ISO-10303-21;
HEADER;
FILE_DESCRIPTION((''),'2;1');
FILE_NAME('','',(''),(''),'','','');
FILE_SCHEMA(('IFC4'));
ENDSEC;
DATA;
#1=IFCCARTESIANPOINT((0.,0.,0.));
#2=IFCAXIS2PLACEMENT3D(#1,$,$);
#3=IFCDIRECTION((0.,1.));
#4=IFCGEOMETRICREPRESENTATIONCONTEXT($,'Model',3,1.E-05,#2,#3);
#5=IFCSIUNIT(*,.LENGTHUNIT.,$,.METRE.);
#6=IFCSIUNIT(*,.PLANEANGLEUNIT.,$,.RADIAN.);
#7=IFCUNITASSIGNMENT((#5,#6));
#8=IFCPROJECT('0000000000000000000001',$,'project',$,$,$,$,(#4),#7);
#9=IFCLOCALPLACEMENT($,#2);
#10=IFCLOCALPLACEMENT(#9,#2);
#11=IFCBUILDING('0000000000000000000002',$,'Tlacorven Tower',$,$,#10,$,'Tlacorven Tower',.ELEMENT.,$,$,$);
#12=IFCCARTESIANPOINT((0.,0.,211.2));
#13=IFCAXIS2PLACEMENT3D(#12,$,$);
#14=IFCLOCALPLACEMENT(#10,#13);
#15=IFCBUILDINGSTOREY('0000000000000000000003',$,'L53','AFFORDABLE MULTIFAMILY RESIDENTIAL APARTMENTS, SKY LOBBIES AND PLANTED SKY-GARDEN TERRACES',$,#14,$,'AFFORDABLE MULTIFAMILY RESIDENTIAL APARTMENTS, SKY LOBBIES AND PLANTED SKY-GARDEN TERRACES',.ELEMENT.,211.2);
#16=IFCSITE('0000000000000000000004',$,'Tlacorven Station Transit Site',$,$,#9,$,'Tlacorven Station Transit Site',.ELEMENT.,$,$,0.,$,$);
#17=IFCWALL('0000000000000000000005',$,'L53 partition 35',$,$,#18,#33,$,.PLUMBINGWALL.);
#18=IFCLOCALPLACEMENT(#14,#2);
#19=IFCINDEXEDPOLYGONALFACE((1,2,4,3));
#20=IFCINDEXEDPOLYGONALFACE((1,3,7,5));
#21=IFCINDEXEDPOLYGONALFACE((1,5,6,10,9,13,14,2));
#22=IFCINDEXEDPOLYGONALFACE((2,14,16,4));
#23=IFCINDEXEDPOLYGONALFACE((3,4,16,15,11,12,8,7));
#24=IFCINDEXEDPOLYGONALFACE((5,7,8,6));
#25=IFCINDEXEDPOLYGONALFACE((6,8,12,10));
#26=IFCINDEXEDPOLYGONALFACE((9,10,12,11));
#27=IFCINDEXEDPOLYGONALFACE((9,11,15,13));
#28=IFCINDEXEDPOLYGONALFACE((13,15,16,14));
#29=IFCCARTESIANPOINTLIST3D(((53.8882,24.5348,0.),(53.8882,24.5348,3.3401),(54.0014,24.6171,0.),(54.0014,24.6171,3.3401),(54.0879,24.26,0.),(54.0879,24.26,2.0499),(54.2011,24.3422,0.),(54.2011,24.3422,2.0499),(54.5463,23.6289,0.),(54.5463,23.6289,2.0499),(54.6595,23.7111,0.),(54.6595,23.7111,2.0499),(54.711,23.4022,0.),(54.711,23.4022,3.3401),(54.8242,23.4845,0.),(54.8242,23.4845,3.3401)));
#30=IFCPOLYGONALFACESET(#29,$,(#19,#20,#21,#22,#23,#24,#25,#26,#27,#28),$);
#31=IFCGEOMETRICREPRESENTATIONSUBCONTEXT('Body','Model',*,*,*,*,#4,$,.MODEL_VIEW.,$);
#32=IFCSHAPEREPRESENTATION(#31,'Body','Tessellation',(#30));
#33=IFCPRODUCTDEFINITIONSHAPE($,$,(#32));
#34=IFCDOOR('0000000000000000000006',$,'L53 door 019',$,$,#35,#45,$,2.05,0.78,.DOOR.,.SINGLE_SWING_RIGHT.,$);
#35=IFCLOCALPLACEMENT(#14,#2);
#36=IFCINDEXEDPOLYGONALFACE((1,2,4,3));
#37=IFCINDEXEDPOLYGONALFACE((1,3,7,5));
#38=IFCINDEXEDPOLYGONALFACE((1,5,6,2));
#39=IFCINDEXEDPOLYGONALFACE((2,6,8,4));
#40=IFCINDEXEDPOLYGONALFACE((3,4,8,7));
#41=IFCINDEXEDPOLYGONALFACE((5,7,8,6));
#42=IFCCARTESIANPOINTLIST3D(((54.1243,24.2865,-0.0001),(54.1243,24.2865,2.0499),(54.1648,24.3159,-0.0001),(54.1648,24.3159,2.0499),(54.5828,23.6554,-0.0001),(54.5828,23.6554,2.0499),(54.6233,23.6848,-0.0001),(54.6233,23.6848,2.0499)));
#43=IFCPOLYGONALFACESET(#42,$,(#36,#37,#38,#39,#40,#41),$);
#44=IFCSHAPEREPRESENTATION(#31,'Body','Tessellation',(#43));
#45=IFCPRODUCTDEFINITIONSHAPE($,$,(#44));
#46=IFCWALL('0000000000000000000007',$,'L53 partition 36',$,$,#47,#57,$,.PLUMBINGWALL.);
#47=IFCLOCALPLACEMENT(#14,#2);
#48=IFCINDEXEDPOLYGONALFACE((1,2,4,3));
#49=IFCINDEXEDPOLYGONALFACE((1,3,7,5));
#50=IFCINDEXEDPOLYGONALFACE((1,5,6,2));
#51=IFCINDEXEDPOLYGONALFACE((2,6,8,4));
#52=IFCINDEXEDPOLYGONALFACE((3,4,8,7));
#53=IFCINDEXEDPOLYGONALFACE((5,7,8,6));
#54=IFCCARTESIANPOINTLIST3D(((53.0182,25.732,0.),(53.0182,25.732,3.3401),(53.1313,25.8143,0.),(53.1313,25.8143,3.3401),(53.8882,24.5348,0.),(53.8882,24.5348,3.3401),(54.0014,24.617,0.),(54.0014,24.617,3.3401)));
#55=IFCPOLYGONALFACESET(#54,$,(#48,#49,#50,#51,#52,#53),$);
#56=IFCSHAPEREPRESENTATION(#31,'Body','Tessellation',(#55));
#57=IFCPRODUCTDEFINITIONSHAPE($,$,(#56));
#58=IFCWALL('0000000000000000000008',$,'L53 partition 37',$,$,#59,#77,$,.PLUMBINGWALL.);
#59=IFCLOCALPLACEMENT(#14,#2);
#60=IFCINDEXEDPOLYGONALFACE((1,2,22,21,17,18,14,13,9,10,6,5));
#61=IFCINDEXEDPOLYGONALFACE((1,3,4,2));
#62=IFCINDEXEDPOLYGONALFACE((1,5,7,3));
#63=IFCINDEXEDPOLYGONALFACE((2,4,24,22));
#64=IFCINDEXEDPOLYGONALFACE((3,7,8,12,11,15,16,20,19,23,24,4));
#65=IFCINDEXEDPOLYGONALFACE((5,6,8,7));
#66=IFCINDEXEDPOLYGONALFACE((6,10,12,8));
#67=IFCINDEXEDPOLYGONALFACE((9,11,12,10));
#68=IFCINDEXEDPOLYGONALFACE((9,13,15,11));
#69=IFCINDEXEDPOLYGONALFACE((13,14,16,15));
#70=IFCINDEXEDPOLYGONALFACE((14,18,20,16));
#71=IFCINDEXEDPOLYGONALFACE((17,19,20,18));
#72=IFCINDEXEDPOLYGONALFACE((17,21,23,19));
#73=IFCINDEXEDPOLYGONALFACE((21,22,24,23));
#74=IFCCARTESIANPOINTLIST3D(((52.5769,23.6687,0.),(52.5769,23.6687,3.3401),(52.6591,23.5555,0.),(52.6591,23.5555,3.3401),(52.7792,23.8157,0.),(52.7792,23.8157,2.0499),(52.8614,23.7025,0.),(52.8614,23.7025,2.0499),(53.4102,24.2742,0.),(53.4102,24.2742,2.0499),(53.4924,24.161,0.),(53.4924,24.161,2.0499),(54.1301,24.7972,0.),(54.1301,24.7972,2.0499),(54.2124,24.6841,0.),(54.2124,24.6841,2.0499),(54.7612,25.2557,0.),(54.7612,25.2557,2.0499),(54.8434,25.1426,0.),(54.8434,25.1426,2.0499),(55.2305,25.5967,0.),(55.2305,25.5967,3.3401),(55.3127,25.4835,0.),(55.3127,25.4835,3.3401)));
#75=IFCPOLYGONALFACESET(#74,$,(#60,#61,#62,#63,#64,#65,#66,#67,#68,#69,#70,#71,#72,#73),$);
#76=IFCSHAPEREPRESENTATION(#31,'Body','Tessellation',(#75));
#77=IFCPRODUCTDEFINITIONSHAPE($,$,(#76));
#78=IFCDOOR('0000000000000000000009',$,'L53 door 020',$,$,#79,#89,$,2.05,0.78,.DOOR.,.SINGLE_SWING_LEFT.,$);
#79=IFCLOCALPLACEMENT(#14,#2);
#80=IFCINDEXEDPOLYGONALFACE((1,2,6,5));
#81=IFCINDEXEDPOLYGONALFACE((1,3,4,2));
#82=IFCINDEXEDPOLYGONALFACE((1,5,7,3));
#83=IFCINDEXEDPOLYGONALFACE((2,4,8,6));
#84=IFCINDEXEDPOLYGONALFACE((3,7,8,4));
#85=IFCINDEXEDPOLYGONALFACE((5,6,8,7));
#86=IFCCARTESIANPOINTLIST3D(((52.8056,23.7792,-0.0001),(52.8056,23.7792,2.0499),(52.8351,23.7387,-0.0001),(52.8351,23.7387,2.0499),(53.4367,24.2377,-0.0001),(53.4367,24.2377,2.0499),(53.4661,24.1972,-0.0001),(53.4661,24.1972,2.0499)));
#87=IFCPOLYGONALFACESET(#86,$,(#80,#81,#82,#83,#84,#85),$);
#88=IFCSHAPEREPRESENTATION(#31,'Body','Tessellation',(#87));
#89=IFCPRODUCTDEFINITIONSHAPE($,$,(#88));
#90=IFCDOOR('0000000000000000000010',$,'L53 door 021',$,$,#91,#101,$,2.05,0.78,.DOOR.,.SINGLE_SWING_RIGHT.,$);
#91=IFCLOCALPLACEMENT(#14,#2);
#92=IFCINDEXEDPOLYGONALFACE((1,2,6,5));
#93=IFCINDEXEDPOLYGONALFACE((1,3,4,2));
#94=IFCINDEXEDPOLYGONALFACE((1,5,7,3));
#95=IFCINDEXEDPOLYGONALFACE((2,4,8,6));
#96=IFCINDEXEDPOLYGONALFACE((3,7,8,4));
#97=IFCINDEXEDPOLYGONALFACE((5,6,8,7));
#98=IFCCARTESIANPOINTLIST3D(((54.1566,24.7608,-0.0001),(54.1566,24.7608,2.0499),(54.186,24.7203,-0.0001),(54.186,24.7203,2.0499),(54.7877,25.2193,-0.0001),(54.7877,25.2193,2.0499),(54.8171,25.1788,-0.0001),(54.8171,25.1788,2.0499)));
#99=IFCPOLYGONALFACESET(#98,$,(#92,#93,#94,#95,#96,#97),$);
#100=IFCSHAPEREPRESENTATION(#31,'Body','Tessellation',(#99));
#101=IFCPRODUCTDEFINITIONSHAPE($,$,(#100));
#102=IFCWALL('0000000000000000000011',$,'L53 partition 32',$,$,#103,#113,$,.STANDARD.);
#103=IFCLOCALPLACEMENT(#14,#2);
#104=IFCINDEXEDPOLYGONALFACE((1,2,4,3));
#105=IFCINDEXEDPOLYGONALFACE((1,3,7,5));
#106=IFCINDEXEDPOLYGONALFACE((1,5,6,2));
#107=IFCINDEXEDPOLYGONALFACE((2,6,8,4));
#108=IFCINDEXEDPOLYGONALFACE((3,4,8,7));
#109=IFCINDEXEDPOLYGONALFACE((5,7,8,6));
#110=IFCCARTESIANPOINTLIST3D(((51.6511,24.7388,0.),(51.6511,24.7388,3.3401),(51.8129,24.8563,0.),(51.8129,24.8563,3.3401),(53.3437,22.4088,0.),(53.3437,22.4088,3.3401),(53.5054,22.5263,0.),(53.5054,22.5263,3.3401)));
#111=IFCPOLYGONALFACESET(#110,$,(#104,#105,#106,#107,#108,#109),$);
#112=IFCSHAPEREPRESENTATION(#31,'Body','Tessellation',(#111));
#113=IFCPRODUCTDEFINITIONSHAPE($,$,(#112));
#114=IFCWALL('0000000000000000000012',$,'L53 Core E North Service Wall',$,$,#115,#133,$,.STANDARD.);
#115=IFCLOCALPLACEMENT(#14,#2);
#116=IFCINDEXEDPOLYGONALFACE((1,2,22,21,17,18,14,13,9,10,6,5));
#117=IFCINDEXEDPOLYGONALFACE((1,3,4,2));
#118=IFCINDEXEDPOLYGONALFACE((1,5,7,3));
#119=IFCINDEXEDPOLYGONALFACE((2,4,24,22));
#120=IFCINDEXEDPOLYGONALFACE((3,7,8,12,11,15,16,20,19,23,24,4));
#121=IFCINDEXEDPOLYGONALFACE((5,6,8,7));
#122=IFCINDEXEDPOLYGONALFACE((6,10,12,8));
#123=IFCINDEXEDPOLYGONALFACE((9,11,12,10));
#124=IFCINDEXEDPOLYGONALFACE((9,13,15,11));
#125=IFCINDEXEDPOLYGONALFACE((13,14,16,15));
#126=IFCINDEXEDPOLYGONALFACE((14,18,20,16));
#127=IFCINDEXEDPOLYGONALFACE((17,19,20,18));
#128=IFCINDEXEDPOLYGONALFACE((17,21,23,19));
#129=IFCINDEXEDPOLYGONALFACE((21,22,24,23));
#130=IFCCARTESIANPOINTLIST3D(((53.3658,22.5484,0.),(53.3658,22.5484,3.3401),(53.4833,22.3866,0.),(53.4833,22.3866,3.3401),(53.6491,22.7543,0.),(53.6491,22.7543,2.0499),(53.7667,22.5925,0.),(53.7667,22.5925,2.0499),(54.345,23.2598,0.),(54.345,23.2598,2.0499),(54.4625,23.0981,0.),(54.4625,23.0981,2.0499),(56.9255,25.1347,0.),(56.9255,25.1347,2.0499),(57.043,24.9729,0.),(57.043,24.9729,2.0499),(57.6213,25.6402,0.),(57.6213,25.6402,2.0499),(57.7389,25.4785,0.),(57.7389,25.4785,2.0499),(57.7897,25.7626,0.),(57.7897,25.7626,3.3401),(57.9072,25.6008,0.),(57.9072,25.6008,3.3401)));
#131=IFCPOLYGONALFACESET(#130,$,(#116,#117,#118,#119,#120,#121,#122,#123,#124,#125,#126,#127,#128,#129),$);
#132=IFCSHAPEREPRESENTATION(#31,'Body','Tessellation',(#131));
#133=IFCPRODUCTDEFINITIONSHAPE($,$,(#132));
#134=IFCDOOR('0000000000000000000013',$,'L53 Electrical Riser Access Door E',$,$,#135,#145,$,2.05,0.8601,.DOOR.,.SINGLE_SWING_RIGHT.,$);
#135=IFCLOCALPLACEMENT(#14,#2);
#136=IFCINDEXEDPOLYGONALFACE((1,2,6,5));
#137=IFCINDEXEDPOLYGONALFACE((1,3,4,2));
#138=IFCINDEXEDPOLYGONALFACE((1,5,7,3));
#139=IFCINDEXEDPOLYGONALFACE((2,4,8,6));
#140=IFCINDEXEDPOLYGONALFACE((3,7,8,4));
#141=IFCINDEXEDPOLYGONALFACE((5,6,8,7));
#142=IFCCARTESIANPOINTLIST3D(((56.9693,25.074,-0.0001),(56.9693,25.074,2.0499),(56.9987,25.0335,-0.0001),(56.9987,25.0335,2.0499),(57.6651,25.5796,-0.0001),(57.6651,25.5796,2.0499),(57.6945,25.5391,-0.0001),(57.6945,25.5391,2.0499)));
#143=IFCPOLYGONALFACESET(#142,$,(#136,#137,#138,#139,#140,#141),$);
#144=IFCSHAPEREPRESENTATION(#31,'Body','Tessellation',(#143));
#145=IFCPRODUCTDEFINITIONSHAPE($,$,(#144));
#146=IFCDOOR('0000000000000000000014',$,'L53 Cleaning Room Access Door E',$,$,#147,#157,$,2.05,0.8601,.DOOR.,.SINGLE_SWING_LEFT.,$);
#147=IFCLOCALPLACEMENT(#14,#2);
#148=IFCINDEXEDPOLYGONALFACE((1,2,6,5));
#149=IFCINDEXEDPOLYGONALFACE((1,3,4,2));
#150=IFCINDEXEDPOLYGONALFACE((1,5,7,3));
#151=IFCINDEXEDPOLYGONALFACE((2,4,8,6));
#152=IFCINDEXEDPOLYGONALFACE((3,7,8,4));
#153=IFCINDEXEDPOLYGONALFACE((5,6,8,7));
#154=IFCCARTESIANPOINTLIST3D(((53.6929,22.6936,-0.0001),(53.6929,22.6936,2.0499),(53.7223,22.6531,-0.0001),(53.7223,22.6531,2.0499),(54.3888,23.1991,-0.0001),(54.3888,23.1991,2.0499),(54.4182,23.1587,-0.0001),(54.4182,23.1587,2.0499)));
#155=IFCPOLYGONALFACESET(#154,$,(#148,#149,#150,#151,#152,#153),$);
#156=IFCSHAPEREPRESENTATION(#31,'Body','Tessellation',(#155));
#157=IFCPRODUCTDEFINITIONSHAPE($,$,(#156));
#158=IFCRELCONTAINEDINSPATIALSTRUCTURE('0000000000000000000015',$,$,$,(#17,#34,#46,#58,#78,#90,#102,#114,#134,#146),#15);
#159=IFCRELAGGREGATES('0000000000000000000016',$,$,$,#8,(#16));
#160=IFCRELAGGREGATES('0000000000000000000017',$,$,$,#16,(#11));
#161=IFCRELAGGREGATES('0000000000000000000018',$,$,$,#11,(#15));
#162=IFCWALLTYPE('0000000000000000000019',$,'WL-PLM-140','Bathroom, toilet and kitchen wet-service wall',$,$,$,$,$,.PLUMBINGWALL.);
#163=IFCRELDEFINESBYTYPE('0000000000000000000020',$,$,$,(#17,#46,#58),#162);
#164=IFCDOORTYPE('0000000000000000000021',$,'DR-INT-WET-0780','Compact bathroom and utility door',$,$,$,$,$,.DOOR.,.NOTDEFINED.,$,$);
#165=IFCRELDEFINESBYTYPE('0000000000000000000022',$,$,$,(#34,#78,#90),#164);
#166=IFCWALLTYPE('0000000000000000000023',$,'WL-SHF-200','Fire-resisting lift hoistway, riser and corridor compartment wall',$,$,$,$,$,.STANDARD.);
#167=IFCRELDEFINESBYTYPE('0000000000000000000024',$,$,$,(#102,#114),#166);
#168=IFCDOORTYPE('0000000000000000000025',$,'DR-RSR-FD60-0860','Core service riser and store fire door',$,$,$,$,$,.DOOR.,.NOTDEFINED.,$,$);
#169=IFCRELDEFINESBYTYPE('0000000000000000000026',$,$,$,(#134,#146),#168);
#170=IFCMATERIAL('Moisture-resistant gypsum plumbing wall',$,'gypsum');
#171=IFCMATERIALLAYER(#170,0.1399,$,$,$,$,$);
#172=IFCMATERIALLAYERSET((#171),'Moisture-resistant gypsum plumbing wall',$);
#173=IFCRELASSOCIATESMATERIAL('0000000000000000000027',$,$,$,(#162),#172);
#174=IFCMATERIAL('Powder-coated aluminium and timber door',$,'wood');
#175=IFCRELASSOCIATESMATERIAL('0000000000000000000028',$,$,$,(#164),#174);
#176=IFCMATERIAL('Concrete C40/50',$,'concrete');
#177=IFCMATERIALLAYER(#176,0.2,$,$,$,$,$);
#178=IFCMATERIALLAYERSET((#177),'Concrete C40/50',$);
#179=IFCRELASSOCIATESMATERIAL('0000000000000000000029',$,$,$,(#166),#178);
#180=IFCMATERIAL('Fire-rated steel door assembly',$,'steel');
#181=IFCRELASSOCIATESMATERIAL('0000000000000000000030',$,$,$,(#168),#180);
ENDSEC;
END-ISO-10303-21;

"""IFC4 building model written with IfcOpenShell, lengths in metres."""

from ifc_helpers import new_model, si_unit, direction, frame, frame_2d, origin, place, context, subcontext, project, spatial, rectangle, extrude, source, transform, mapped, material, layer, layer_set, type_object, element, fill, save


model = new_model("IFC4")

# Units and contexts
model_context = context("Model", 3, precision=1e-05, world=origin(), true_north=direction((0.0, 1.0)))
body_context = subcontext(model_context, "Body", "Model", "MODEL_VIEW")
ifc_project = project(units=[si_unit("LENGTHUNIT", "METRE"), si_unit("PLANEANGLEUNIT", "RADIAN")], contexts=[model_context])

# Site, building, storey
site_placement = place(None, origin())
site = spatial("IfcSite", under=ifc_project, at=site_placement, Name="Tlacorven Station Transit Site", LongName="Tlacorven Station Transit Site", CompositionType="ELEMENT", RefElevation=0.0)
building_placement = place(site_placement, origin())
building = spatial("IfcBuilding", under=site, at=building_placement, Name="Tlacorven Tower", LongName="Tlacorven Tower", CompositionType="ELEMENT")
storey_placement = place(building_placement, frame((0.0, 0.0, 211.2)))
storey = spatial("IfcBuildingStorey", under=building, at=storey_placement, Name="L53", Description="AFFORDABLE MULTIFAMILY RESIDENTIAL APARTMENTS, SKY LOBBIES AND PLANTED SKY-GARDEN TERRACES", LongName="AFFORDABLE MULTIFAMILY RESIDENTIAL APARTMENTS, SKY LOBBIES AND PLANTED SKY-GARDEN TERRACES", CompositionType="ELEMENT", Elevation=211.2)

# Wall, opening, door
ifc_material_1 = material(Name="Moisture-resistant gypsum plumbing wall", Category="gypsum")
ifc_layer_1 = layer(ifc_material_1, 0.1399)
ifc_layer_set_1 = layer_set([ifc_layer_1], Name="Moisture-resistant gypsum plumbing wall")
wall_type_1 = type_object("IfcWallType", Name="WL-PLM-140", Description="Bathroom, toilet and kitchen wet-service wall", PredefinedType="PLUMBINGWALL", material=ifc_layer_set_1)
wall_1_placement = place(storey_placement, frame((54.7676, 23.4434, 0.0), z_axis=(0.0, 0.0, 1.0), x_axis=(-0.587736, 0.809053, 0.0)))
wall_1 = element("IfcWall", 1, at=wall_1_placement, inside=storey, type_object=wall_type_1, Name="L53 partition 35", PredefinedType="PLUMBINGWALL", context=body_context, shape_type="SweptSolid", body=[
    extrude(rectangle(XDim=1.3999, YDim=0.1399, at=frame_2d((0.7, 0.0))), origin(), (0.0, 0.0, 1.0), 3.3401),
])
opening_1_placement = place(wall_1_placement, frame((0.28, 0.0, 0.0)))
opening_1 = element("IfcOpeningElement", 2, at=opening_1_placement, cuts=wall_1, PredefinedType="OPENING", context=body_context, shape_type="SweptSolid", body=[
    extrude(rectangle(XDim=0.78, YDim=2.05, at=frame_2d((0.3901, 1.0249))), frame((0.0, 0.0801, 0.0), z_axis=(0.0, -1.0, 0.0), x_axis=(1.0, 0.0, 0.0)), (0.0, 0.0, 1.0), 0.1599),
])
ifc_material_2 = material(Name="Powder-coated aluminium and timber door", Category="wood")
door_type_1 = type_object("IfcDoorType", Name="DR-INT-WET-0780", Description="Compact bathroom and utility door", OperationType="NOTDEFINED", PredefinedType="DOOR", material=ifc_material_2)
shared_shape_1 = source(origin(), body_context, "Body", "SweptSolid", [
    extrude(rectangle(XDim=0.78, YDim=2.05, at=frame_2d((0.3901, 1.0249))), frame((0.0, 0.0249, 0.0), z_axis=(0.0, -1.0, 0.0), x_axis=(1.0, 0.0, 0.0)), (0.0, 0.0, 1.0), 0.05),
])
door_1_placement = place(opening_1_placement, origin())
door_1 = element("IfcDoor", 3, at=door_1_placement, inside=storey, type_object=door_type_1, Name="L53 door 019", OperationType="SINGLE_SWING_RIGHT", OverallHeight=2.05, OverallWidth=0.78, PredefinedType="DOOR", context=body_context, shape_type="MappedRepresentation", body=[
    mapped(shared_shape_1, transform((0.0, 0.0, 0.0), scale=1.0)),
])
fill(opening_1, door_1)

# Wall
wall_2_placement = place(storey_placement, frame((53.9448, 24.5759, 0.0), z_axis=(0.0, 0.0, 1.0), x_axis=(-0.587897, 0.808936, 0.0)))
element("IfcWall", 4, at=wall_2_placement, inside=storey, type_object=wall_type_1, Name="L53 partition 36", PredefinedType="PLUMBINGWALL", context=body_context, shape_type="SweptSolid", body=[
    extrude(rectangle(XDim=1.48, YDim=0.1399, at=frame_2d((0.74, 0.0))), origin(), (0.0, 0.0, 1.0), 3.3401),
])

# Wall, openings, doors
wall_3_placement = place(storey_placement, frame((52.6179, 23.6121, 0.0), z_axis=(0.0, 0.0, 1.0), x_axis=(0.80901, 0.587795, 0.0)))
wall_3 = element("IfcWall", 5, at=wall_3_placement, inside=storey, type_object=wall_type_1, Name="L53 partition 37", PredefinedType="PLUMBINGWALL", context=body_context, shape_type="SweptSolid", body=[
    extrude(rectangle(XDim=3.28, YDim=0.1399, at=frame_2d((1.6401, 0.0))), origin(), (0.0, 0.0, 1.0), 3.3401),
])
opening_2_placement = place(wall_3_placement, frame((0.25, 0.0, 0.0)))
opening_2 = element("IfcOpeningElement", 6, at=opening_2_placement, cuts=wall_3, PredefinedType="OPENING", context=body_context, shape_type="SweptSolid", body=[
    extrude(rectangle(XDim=0.78, YDim=2.05, at=frame_2d((0.3901, 1.0249))), frame((0.0, 0.0801, 0.0), z_axis=(0.0, -1.0, 0.0), x_axis=(1.0, 0.0, 0.0)), (0.0, 0.0, 1.0), 0.1599),
])
opening_3_placement = place(wall_3_placement, frame((1.9199, 0.0, 0.0)))
opening_3 = element("IfcOpeningElement", 7, at=opening_3_placement, cuts=wall_3, PredefinedType="OPENING", context=body_context, shape_type="SweptSolid", body=[
    extrude(rectangle(XDim=0.78, YDim=2.05, at=frame_2d((0.3901, 1.0249))), frame((0.0, 0.0801, 0.0), z_axis=(0.0, -1.0, 0.0), x_axis=(1.0, 0.0, 0.0)), (0.0, 0.0, 1.0), 0.1599),
])
door_2_placement = place(opening_2_placement, origin())
door_2 = element("IfcDoor", 8, at=door_2_placement, inside=storey, type_object=door_type_1, Name="L53 door 020", OperationType="SINGLE_SWING_LEFT", OverallHeight=2.05, OverallWidth=0.78, PredefinedType="DOOR", context=body_context, shape_type="MappedRepresentation", body=[
    mapped(shared_shape_1, transform((0.0, 0.0, 0.0), scale=1.0)),
])
fill(opening_2, door_2)
door_3_placement = place(opening_3_placement, origin())
door_3 = element("IfcDoor", 9, at=door_3_placement, inside=storey, type_object=door_type_1, Name="L53 door 021", OperationType="SINGLE_SWING_RIGHT", OverallHeight=2.05, OverallWidth=0.78, PredefinedType="DOOR", context=body_context, shape_type="MappedRepresentation", body=[
    mapped(shared_shape_1, transform((0.0, 0.0, 0.0), scale=1.0)),
])
fill(opening_3, door_3)

# Wall
ifc_material_3 = material(Name="Concrete C40/50", Category="concrete")
ifc_layer_2 = layer(ifc_material_3, 0.2)
ifc_layer_set_2 = layer_set([ifc_layer_2], Name="Concrete C40/50")
wall_type_2 = type_object("IfcWallType", Name="WL-SHF-200", Description="Fire-resisting lift hoistway, riser and corridor compartment wall", PredefinedType="STANDARD", material=ifc_layer_set_2)
wall_4_placement = place(storey_placement, frame((53.4246, 22.4675, 0.0), z_axis=(0.0, 0.0, 1.0), x_axis=(-0.587723, 0.809062, 0.0)))
element("IfcWall", 10, at=wall_4_placement, inside=storey, type_object=wall_type_2, Name="L53 partition 32", PredefinedType="STANDARD", context=body_context, shape_type="SweptSolid", body=[
    extrude(rectangle(XDim=2.8799, YDim=0.2, at=frame_2d((1.4399, 0.0))), origin(), (0.0, 0.0, 1.0), 3.3401),
])

# Wall, openings, doors
wall_5_placement = place(storey_placement, frame((53.4246, 22.4675, 0.0), z_axis=(0.0, 0.0, 1.0), x_axis=(0.809016, 0.587787, 0.0)))
wall_5 = element("IfcWall", 11, at=wall_5_placement, inside=storey, type_object=wall_type_2, Name="L53 Core E North Service Wall", PredefinedType="STANDARD", context=body_context, shape_type="SweptSolid", body=[
    extrude(rectangle(XDim=5.4683, YDim=0.2, at=frame_2d((2.7341, 0.0))), origin(), (0.0, 0.0, 1.0), 3.3401),
])
opening_4_placement = place(wall_5_placement, frame((4.3999, 0.0, 0.0)))
opening_4 = element("IfcOpeningElement", 12, at=opening_4_placement, cuts=wall_5, PredefinedType="OPENING", context=body_context, shape_type="SweptSolid", body=[
    extrude(rectangle(XDim=0.8601, YDim=2.05, at=frame_2d((0.4302, 1.0249))), frame((0.0, 0.1099, 0.0), z_axis=(0.0, -1.0, 0.0), x_axis=(1.0, 0.0, 0.0)), (0.0, 0.0, 1.0), 0.22),
])
opening_5_placement = place(wall_5_placement, frame((0.3501, 0.0, 0.0)))
opening_5 = element("IfcOpeningElement", 13, at=opening_5_placement, cuts=wall_5, PredefinedType="OPENING", context=body_context, shape_type="SweptSolid", body=[
    extrude(rectangle(XDim=0.8601, YDim=2.05, at=frame_2d((0.4302, 1.0249))), frame((0.0, 0.1099, 0.0), z_axis=(0.0, -1.0, 0.0), x_axis=(1.0, 0.0, 0.0)), (0.0, 0.0, 1.0), 0.22),
])
ifc_material_4 = material(Name="Fire-rated steel door assembly", Category="steel")
door_type_2 = type_object("IfcDoorType", Name="DR-RSR-FD60-0860", Description="Core service riser and store fire door", OperationType="NOTDEFINED", PredefinedType="DOOR", material=ifc_material_4)
shared_shape_2 = source(origin(), body_context, "Body", "SweptSolid", [
    extrude(rectangle(XDim=0.8601, YDim=2.05, at=frame_2d((0.4302, 1.0249))), frame((0.0, 0.0249, 0.0), z_axis=(0.0, -1.0, 0.0), x_axis=(1.0, 0.0, 0.0)), (0.0, 0.0, 1.0), 0.05),
])
door_4_placement = place(opening_4_placement, frame((0.8601, 0.0, 0.0), z_axis=(0.0, 0.0, 1.0), x_axis=(-1.0, 0.0, 0.0)))
door_4 = element("IfcDoor", 14, at=door_4_placement, inside=storey, type_object=door_type_2, Name="L53 Electrical Riser Access Door E", OperationType="SINGLE_SWING_RIGHT", OverallHeight=2.05, OverallWidth=0.8601, PredefinedType="DOOR", context=body_context, shape_type="MappedRepresentation", body=[
    mapped(shared_shape_2, transform((0.0, 0.0, 0.0), scale=1.0)),
])
fill(opening_4, door_4)
door_5_placement = place(opening_5_placement, frame((0.8601, 0.0, 0.0), z_axis=(0.0, 0.0, 1.0), x_axis=(-1.0, 0.0, 0.0)))
door_5 = element("IfcDoor", 15, at=door_5_placement, inside=storey, type_object=door_type_2, Name="L53 Cleaning Room Access Door E", OperationType="SINGLE_SWING_LEFT", OverallHeight=2.05, OverallWidth=0.8601, PredefinedType="DOOR", context=body_context, shape_type="MappedRepresentation", body=[
    mapped(shared_shape_2, transform((0.0, 0.0, 0.0), scale=1.0)),
])
fill(opening_5, door_5)

save(model, "model.ifc")
